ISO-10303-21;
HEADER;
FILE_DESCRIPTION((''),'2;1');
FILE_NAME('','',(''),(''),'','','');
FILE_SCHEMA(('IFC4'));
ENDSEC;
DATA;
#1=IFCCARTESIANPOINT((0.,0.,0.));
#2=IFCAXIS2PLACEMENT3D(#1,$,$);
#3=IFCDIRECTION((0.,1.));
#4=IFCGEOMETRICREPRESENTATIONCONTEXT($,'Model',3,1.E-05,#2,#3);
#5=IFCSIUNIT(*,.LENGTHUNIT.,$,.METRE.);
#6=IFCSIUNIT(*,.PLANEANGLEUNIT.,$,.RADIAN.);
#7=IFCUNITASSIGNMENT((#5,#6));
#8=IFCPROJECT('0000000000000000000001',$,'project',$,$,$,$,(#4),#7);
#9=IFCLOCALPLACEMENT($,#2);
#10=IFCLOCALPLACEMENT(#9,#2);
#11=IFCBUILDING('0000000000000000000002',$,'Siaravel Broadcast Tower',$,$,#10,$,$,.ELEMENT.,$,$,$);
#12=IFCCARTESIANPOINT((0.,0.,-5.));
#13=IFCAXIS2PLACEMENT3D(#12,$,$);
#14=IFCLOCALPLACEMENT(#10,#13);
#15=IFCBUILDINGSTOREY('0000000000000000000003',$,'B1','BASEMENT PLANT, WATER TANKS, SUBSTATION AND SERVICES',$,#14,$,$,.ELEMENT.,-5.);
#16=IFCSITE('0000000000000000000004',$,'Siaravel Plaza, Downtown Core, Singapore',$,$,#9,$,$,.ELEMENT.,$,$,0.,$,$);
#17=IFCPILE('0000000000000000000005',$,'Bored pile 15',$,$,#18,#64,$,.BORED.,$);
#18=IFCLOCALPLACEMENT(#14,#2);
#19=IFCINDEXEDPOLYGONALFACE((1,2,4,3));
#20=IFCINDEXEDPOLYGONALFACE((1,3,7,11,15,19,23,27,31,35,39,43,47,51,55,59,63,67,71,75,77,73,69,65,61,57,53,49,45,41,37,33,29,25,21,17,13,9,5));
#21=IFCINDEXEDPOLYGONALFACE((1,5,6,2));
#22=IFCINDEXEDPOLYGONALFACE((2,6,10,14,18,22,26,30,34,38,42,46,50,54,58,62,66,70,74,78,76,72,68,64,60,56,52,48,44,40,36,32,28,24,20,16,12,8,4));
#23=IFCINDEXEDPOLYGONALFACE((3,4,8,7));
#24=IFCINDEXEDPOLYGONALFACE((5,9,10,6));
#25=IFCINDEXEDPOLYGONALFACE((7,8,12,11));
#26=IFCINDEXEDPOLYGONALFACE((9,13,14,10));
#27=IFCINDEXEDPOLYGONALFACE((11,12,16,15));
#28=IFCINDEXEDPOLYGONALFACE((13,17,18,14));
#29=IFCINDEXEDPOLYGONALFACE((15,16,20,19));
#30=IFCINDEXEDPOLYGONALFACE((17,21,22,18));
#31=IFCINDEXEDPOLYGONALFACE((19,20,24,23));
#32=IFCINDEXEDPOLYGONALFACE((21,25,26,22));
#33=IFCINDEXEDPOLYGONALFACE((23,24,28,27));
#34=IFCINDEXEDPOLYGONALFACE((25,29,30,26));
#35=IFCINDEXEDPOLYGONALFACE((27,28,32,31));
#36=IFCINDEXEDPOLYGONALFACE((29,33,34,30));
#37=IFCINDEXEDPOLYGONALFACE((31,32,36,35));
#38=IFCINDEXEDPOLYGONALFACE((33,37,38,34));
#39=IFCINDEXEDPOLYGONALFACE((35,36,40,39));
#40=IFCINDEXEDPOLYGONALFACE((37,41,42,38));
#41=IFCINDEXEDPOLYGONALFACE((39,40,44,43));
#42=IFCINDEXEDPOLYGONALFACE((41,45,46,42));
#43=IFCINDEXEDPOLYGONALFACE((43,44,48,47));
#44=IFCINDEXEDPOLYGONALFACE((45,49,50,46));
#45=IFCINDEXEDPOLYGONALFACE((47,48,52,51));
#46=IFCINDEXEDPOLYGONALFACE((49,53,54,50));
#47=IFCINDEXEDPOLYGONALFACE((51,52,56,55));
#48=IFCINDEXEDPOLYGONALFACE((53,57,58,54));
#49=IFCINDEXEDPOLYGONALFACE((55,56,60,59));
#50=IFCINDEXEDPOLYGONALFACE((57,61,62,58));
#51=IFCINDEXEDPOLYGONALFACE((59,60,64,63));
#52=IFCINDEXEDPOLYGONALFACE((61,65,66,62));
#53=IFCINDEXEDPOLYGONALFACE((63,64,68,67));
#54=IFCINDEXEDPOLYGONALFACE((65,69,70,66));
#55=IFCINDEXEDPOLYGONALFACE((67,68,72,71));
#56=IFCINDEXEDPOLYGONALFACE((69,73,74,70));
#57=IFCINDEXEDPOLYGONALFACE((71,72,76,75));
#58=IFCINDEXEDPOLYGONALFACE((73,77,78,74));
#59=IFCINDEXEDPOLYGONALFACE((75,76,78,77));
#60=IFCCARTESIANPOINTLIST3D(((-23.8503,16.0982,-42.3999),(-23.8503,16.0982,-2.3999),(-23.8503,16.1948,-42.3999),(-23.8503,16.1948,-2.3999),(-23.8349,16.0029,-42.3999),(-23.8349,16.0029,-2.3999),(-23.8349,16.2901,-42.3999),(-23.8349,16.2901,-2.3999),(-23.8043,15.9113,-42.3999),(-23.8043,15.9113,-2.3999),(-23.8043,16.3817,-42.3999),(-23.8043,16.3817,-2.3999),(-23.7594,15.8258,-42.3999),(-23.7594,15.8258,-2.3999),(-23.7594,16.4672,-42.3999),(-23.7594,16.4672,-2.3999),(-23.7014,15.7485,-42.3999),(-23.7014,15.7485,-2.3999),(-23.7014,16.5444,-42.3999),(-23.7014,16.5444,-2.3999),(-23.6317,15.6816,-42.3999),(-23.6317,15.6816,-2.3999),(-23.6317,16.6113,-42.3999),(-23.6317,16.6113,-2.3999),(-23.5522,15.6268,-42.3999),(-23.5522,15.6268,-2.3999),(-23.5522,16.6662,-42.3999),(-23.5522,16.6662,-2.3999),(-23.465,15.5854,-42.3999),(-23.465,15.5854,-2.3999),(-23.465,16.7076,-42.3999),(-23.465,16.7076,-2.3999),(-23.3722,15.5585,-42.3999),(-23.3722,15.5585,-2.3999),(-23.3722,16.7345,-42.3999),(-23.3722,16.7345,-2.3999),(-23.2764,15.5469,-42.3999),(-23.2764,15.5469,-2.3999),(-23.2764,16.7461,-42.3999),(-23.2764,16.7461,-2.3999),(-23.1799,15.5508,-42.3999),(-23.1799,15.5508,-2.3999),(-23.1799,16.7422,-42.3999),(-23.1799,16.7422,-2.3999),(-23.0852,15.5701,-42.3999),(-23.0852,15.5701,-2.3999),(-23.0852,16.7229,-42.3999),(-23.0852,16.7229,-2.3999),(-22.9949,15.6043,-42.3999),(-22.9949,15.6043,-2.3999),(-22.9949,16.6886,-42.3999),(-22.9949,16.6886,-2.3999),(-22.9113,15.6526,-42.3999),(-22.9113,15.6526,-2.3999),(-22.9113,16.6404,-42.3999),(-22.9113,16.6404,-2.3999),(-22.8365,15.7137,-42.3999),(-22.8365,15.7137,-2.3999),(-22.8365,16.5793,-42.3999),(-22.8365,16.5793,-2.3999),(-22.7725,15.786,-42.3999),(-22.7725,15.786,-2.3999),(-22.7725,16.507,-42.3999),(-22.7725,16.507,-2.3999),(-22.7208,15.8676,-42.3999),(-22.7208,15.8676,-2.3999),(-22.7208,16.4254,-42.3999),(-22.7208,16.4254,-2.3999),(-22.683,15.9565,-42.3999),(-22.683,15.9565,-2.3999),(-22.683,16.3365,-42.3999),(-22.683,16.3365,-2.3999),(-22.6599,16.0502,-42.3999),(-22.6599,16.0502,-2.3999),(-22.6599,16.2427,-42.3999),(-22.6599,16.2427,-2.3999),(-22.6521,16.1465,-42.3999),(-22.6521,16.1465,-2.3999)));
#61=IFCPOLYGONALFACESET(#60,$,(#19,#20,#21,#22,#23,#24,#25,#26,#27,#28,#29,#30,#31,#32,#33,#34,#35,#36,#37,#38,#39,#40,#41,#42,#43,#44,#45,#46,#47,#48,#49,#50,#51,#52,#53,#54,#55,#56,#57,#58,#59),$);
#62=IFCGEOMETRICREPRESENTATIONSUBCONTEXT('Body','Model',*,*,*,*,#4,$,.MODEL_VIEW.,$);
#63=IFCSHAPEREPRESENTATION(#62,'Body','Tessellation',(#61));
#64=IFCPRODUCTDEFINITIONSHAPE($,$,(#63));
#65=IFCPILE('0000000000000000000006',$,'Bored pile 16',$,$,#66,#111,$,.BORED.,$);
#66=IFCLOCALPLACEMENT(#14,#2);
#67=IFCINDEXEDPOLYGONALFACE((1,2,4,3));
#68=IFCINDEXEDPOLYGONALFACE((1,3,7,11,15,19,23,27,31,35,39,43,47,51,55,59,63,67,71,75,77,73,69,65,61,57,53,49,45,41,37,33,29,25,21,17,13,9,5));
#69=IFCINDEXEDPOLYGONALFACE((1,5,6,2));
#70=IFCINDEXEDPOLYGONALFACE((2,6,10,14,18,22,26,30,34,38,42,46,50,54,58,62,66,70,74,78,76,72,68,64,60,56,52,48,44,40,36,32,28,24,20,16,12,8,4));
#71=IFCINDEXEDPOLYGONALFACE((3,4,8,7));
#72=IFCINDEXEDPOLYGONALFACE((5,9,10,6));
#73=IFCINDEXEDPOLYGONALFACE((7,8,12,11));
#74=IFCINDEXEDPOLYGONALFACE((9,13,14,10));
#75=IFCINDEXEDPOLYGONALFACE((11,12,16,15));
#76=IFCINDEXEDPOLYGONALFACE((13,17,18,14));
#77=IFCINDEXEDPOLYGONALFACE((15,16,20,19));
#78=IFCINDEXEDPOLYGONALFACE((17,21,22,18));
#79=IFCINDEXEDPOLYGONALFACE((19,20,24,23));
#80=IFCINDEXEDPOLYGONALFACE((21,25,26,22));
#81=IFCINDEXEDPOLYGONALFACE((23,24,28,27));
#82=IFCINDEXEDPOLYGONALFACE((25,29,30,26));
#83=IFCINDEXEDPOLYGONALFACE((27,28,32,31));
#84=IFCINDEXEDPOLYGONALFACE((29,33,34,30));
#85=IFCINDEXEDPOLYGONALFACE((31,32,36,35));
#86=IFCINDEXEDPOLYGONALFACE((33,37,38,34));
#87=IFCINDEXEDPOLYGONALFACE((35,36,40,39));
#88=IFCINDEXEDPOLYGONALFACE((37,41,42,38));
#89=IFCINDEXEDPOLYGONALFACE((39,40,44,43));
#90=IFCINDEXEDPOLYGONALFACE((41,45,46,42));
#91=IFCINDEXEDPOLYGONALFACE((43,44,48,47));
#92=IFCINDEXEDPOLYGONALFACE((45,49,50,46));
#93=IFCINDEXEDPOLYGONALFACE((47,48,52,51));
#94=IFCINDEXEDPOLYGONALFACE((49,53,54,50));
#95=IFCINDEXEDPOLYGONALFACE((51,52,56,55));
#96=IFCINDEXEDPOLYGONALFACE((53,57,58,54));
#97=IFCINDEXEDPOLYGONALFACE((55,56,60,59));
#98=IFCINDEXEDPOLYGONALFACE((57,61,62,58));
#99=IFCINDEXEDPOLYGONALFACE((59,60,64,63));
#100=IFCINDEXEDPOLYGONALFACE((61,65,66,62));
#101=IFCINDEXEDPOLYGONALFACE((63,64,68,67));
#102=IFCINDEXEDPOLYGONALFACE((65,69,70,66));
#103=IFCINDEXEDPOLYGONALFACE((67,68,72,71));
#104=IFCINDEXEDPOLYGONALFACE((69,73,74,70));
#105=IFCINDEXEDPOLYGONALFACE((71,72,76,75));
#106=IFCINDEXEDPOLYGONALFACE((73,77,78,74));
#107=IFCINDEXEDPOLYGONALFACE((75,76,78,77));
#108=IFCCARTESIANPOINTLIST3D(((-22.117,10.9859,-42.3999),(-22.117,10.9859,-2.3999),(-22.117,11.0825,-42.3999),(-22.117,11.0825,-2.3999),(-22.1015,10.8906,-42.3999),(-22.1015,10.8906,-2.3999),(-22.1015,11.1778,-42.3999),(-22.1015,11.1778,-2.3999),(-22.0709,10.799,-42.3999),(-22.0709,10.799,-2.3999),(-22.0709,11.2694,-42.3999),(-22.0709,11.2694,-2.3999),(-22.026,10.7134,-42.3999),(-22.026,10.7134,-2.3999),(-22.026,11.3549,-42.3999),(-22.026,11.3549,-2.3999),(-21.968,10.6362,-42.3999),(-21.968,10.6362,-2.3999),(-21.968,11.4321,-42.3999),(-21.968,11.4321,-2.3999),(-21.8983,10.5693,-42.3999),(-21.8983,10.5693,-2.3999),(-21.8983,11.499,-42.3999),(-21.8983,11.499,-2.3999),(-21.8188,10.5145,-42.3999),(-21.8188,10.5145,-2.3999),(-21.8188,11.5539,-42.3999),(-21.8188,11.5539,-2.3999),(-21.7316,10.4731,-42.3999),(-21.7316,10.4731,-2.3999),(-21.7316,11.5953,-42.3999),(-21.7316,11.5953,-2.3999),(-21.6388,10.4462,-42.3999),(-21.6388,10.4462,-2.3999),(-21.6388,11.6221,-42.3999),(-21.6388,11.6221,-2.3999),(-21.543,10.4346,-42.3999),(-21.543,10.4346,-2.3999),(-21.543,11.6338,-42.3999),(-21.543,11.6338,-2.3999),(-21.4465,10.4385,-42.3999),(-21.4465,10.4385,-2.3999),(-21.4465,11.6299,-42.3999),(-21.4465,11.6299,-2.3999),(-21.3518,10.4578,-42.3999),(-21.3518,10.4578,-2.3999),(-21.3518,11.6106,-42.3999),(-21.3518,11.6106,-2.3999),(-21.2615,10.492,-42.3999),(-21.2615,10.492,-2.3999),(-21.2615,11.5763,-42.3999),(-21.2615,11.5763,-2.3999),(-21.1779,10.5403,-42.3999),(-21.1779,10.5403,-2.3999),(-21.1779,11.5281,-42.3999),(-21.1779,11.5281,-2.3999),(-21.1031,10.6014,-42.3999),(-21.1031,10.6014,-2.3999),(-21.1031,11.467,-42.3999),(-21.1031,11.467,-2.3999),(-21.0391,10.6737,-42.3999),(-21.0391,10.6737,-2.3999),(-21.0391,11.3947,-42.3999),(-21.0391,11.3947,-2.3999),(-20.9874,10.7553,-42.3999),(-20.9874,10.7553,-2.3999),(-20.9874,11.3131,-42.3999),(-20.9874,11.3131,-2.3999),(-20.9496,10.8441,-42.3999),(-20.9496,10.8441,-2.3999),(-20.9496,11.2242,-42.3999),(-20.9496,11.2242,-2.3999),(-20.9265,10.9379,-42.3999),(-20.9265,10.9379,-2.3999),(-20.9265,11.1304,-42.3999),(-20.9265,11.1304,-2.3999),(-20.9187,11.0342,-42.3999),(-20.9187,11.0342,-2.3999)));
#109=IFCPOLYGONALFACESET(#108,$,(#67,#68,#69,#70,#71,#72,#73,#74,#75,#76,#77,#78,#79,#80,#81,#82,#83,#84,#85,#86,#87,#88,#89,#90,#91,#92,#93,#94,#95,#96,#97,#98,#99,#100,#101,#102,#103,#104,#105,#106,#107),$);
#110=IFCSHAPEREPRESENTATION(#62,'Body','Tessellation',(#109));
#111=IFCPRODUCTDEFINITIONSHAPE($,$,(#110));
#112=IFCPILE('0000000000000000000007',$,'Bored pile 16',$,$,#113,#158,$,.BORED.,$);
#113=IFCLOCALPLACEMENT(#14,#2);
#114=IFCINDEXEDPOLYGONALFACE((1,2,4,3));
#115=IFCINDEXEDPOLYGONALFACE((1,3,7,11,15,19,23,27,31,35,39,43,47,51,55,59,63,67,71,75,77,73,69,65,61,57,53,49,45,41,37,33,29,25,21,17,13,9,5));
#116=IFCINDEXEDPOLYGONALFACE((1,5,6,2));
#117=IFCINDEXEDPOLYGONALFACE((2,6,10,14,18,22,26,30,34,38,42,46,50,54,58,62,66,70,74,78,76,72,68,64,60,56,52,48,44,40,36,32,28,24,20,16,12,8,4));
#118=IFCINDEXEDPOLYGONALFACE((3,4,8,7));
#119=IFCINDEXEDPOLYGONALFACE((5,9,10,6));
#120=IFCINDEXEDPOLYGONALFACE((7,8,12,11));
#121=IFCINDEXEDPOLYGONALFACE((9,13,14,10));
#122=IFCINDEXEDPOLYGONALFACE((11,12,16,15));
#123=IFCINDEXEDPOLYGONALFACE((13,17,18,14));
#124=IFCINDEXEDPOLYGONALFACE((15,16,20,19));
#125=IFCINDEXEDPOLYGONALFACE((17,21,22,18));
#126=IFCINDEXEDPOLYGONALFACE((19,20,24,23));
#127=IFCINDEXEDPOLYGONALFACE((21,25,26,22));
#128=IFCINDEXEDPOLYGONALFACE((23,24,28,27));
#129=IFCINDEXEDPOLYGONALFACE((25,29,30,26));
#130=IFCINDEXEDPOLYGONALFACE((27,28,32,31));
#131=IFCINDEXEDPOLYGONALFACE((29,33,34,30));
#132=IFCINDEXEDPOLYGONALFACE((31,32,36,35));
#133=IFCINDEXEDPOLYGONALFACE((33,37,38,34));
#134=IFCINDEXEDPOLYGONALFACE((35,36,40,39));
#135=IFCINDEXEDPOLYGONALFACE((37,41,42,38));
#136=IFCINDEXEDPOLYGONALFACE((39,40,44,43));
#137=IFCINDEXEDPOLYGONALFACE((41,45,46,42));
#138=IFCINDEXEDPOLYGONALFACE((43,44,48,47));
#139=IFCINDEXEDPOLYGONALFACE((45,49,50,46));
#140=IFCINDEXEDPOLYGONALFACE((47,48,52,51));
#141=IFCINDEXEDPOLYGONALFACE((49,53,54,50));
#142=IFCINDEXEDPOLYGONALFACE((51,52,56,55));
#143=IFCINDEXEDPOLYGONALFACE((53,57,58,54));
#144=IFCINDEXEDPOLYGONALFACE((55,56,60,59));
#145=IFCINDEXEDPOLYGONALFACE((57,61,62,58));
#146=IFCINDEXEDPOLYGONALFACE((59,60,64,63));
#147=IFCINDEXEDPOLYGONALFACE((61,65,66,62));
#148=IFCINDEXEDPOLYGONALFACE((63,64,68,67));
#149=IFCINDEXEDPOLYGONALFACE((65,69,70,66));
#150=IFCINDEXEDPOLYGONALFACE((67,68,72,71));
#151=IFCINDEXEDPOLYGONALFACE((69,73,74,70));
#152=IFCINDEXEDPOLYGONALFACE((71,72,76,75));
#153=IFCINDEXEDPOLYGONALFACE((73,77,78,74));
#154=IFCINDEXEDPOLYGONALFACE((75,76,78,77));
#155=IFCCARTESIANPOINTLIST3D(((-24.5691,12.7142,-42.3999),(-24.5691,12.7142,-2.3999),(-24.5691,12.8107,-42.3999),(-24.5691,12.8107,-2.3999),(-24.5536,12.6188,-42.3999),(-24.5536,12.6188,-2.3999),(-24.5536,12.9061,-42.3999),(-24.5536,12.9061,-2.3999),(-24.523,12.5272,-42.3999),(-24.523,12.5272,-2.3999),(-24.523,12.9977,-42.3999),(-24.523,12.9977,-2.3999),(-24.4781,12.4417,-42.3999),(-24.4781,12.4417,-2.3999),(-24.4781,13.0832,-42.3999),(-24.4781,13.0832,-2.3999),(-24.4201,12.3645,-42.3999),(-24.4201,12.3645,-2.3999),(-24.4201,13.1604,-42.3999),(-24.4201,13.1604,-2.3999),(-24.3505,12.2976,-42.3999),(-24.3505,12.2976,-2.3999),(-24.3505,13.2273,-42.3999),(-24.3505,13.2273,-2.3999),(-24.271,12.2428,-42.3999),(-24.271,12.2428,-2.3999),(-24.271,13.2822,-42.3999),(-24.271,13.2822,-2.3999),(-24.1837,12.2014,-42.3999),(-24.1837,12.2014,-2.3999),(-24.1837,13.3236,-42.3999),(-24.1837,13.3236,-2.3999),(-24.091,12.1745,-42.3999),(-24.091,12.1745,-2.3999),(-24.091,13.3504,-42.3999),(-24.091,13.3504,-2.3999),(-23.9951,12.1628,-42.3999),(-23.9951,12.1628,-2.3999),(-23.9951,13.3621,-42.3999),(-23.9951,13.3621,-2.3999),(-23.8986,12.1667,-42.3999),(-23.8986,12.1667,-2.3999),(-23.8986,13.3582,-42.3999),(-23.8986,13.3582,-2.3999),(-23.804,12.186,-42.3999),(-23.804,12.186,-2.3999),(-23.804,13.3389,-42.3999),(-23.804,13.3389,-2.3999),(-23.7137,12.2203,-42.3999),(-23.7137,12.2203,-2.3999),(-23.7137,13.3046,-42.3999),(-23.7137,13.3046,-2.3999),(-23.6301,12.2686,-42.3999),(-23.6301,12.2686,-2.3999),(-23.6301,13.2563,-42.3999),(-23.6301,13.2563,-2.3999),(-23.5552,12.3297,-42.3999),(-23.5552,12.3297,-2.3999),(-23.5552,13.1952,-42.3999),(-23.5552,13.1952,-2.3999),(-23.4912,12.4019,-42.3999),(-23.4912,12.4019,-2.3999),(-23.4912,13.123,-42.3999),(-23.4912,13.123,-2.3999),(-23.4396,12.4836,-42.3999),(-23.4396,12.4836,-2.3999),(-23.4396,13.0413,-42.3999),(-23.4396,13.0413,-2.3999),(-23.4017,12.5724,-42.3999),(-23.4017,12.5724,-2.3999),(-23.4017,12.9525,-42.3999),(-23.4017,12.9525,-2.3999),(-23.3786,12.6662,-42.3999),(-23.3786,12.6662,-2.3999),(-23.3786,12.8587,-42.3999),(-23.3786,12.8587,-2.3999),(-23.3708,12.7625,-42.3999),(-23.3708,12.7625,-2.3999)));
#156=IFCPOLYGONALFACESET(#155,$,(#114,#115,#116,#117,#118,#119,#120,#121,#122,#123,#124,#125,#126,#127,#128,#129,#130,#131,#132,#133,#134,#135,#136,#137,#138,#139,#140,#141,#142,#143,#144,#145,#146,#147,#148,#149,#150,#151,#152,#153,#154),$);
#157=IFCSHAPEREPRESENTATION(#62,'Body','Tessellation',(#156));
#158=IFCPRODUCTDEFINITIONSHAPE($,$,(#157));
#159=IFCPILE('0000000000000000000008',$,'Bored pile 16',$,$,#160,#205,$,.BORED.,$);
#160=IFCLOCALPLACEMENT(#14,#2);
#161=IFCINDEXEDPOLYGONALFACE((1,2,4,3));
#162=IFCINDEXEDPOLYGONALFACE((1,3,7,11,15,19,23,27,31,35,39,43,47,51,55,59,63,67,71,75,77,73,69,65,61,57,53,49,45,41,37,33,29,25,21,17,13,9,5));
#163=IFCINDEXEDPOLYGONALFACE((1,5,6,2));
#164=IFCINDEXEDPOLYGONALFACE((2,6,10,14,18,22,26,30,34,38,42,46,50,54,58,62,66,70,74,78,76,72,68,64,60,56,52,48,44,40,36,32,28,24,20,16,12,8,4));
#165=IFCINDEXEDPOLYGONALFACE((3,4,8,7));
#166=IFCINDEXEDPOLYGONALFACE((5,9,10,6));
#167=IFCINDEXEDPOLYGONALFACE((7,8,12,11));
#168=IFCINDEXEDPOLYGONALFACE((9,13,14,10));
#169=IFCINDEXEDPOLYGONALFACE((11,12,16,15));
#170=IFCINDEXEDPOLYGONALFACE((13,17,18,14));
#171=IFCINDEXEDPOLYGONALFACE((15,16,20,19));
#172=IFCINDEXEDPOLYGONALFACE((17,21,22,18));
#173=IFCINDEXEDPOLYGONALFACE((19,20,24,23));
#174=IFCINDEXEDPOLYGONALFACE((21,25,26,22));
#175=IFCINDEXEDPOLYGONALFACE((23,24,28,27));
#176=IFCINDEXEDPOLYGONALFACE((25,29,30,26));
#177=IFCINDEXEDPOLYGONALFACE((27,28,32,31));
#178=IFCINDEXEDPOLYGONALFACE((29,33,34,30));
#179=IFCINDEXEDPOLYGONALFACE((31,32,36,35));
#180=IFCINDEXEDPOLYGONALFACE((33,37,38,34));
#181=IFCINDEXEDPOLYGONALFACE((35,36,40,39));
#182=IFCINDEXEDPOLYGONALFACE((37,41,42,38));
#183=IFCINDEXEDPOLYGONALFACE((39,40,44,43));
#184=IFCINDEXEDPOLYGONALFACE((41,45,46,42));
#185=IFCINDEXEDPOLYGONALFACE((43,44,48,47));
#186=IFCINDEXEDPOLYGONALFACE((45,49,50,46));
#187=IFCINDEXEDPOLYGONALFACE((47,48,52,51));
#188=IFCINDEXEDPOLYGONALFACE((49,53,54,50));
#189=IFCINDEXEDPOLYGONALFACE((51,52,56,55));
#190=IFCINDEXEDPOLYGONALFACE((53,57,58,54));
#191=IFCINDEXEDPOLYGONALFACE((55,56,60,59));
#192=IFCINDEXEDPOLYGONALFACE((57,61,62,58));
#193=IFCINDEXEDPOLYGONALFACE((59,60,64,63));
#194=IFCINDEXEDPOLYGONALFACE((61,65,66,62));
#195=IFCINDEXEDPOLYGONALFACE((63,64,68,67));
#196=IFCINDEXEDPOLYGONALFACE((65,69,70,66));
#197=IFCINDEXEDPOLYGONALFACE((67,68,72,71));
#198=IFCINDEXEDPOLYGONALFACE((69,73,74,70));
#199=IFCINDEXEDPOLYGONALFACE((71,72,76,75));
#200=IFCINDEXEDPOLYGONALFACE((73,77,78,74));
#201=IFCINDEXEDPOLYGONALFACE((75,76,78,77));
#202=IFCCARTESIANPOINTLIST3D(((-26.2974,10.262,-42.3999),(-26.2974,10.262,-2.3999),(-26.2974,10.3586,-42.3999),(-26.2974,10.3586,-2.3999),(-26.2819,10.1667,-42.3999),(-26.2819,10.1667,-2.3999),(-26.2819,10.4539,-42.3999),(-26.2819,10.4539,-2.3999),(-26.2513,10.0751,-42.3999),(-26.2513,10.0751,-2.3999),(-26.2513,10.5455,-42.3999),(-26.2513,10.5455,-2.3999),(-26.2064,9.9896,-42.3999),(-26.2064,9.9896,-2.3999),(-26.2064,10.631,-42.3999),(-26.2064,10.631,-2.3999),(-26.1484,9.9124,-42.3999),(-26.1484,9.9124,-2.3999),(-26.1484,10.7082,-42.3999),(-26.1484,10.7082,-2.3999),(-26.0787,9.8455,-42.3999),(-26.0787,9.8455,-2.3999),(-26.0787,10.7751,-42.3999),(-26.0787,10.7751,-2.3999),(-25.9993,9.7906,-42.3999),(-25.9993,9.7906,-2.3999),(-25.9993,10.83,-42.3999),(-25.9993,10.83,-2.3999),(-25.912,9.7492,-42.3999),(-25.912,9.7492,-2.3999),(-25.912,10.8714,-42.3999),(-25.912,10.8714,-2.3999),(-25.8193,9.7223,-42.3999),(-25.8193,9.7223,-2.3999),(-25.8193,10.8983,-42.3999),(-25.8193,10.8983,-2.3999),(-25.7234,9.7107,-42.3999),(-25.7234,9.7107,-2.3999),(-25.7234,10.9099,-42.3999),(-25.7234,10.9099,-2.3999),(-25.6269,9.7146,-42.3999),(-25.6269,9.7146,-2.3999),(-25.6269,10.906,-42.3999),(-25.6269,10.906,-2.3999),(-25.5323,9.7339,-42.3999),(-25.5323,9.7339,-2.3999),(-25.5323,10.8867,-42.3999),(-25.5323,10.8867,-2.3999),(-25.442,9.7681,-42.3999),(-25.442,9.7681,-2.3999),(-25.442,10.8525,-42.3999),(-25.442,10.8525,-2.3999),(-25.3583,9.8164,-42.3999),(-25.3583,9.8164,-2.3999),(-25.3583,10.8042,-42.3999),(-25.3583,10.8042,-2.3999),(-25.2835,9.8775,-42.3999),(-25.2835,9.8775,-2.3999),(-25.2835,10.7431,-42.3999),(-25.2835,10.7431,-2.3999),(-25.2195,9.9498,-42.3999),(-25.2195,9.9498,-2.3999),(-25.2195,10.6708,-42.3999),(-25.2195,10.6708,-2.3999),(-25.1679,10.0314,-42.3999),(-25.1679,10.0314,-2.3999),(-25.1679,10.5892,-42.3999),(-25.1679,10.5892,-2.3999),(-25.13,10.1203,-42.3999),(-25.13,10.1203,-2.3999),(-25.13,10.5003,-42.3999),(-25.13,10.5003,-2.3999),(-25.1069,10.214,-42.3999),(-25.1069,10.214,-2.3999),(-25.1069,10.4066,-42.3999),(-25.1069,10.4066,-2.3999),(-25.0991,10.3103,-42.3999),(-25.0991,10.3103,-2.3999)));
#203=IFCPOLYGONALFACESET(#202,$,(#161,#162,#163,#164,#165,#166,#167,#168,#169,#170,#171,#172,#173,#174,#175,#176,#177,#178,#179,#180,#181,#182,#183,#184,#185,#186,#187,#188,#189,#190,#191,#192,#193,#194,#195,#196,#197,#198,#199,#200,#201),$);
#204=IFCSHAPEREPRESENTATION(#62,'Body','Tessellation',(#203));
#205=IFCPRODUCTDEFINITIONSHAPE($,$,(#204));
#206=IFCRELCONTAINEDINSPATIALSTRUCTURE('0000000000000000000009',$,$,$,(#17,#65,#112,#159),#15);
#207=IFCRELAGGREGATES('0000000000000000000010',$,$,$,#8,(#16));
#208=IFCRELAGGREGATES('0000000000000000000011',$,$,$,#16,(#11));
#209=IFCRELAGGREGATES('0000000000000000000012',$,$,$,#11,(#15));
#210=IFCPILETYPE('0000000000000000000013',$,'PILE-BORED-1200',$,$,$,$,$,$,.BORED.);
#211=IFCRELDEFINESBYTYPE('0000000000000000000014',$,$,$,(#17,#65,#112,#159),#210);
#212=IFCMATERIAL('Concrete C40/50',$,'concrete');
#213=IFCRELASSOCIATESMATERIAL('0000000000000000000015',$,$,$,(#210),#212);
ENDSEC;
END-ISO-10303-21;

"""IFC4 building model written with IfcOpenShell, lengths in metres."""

from ifc_helpers import new_model, si_unit, direction, frame, origin, origin_2d, place, context, subcontext, project, spatial, circle, extrude, material, material_profile, profile_set, type_object, element, save


model = new_model("IFC4")

# Units and contexts
model_context = context("Model", 3, precision=1e-05, world=origin(), true_north=direction((0.0, 1.0)))
body_context = subcontext(model_context, "Body", "Model", "MODEL_VIEW")
ifc_project = project(units=[si_unit("LENGTHUNIT", "METRE"), si_unit("PLANEANGLEUNIT", "RADIAN")], contexts=[model_context])

# Site, building, storey
site_placement = place(None, origin())
site = spatial("IfcSite", under=ifc_project, at=site_placement, Name="Siaravel Plaza, Downtown Core, Singapore", CompositionType="ELEMENT", RefElevation=0.0)
building_placement = place(site_placement, origin())
building = spatial("IfcBuilding", under=site, at=building_placement, Name="Siaravel Broadcast Tower", CompositionType="ELEMENT")
storey_placement = place(building_placement, frame((0.0, 0.0, -5.0)))
storey = spatial("IfcBuildingStorey", under=building, at=storey_placement, Name="B1", Description="BASEMENT PLANT, WATER TANKS, SUBSTATION AND SERVICES", CompositionType="ELEMENT", Elevation=-5.0)

# Shared definitions
ifc_material_1 = material(Name="Concrete C40/50", Category="concrete")

# Piles
ifc_material_profile_1 = material_profile(ifc_material_1, circle(Radius=0.6001, at=origin_2d()))
ifc_profile_set_1 = profile_set([ifc_material_profile_1], Name="Concrete C40/50")
pile_type = type_object("IfcPileType", Name="PILE-BORED-1200", PredefinedType="BORED", material=ifc_profile_set_1)
for number, where, z_axis, x_axis, name in (
    (1, (-23.2522, 16.1465, -2.3999), (0.0, 0.0, -1.0), (1.0, 0.0, 0.0), "Bored pile 15"),
    (2, (-21.5188, 11.0342, -2.3999), (0.0, 0.0, -1.0), (1.0, 0.0, 0.0), "Bored pile 16"),
    (3, (-23.9709, 12.7625, -2.3999), (0.0, 0.0, -1.0), (1.0, 0.0, 0.0), "Bored pile 16"),
    (4, (-25.6992, 10.3103, -2.3999), (0.0, 0.0, -1.0), (1.0, 0.0, 0.0), "Bored pile 16"),
):
    element("IfcPile", number, at=place(storey_placement, frame(where, z_axis=z_axis, x_axis=x_axis)), inside=storey, type_object=pile_type, Name=name, PredefinedType="BORED", context=body_context, shape_type="SweptSolid", body=[
        extrude(circle(Radius=0.6001, at=origin_2d()), origin(), (0.0, 0.0, 1.0), 40.0),
    ])

save(model, "model.ifc")
